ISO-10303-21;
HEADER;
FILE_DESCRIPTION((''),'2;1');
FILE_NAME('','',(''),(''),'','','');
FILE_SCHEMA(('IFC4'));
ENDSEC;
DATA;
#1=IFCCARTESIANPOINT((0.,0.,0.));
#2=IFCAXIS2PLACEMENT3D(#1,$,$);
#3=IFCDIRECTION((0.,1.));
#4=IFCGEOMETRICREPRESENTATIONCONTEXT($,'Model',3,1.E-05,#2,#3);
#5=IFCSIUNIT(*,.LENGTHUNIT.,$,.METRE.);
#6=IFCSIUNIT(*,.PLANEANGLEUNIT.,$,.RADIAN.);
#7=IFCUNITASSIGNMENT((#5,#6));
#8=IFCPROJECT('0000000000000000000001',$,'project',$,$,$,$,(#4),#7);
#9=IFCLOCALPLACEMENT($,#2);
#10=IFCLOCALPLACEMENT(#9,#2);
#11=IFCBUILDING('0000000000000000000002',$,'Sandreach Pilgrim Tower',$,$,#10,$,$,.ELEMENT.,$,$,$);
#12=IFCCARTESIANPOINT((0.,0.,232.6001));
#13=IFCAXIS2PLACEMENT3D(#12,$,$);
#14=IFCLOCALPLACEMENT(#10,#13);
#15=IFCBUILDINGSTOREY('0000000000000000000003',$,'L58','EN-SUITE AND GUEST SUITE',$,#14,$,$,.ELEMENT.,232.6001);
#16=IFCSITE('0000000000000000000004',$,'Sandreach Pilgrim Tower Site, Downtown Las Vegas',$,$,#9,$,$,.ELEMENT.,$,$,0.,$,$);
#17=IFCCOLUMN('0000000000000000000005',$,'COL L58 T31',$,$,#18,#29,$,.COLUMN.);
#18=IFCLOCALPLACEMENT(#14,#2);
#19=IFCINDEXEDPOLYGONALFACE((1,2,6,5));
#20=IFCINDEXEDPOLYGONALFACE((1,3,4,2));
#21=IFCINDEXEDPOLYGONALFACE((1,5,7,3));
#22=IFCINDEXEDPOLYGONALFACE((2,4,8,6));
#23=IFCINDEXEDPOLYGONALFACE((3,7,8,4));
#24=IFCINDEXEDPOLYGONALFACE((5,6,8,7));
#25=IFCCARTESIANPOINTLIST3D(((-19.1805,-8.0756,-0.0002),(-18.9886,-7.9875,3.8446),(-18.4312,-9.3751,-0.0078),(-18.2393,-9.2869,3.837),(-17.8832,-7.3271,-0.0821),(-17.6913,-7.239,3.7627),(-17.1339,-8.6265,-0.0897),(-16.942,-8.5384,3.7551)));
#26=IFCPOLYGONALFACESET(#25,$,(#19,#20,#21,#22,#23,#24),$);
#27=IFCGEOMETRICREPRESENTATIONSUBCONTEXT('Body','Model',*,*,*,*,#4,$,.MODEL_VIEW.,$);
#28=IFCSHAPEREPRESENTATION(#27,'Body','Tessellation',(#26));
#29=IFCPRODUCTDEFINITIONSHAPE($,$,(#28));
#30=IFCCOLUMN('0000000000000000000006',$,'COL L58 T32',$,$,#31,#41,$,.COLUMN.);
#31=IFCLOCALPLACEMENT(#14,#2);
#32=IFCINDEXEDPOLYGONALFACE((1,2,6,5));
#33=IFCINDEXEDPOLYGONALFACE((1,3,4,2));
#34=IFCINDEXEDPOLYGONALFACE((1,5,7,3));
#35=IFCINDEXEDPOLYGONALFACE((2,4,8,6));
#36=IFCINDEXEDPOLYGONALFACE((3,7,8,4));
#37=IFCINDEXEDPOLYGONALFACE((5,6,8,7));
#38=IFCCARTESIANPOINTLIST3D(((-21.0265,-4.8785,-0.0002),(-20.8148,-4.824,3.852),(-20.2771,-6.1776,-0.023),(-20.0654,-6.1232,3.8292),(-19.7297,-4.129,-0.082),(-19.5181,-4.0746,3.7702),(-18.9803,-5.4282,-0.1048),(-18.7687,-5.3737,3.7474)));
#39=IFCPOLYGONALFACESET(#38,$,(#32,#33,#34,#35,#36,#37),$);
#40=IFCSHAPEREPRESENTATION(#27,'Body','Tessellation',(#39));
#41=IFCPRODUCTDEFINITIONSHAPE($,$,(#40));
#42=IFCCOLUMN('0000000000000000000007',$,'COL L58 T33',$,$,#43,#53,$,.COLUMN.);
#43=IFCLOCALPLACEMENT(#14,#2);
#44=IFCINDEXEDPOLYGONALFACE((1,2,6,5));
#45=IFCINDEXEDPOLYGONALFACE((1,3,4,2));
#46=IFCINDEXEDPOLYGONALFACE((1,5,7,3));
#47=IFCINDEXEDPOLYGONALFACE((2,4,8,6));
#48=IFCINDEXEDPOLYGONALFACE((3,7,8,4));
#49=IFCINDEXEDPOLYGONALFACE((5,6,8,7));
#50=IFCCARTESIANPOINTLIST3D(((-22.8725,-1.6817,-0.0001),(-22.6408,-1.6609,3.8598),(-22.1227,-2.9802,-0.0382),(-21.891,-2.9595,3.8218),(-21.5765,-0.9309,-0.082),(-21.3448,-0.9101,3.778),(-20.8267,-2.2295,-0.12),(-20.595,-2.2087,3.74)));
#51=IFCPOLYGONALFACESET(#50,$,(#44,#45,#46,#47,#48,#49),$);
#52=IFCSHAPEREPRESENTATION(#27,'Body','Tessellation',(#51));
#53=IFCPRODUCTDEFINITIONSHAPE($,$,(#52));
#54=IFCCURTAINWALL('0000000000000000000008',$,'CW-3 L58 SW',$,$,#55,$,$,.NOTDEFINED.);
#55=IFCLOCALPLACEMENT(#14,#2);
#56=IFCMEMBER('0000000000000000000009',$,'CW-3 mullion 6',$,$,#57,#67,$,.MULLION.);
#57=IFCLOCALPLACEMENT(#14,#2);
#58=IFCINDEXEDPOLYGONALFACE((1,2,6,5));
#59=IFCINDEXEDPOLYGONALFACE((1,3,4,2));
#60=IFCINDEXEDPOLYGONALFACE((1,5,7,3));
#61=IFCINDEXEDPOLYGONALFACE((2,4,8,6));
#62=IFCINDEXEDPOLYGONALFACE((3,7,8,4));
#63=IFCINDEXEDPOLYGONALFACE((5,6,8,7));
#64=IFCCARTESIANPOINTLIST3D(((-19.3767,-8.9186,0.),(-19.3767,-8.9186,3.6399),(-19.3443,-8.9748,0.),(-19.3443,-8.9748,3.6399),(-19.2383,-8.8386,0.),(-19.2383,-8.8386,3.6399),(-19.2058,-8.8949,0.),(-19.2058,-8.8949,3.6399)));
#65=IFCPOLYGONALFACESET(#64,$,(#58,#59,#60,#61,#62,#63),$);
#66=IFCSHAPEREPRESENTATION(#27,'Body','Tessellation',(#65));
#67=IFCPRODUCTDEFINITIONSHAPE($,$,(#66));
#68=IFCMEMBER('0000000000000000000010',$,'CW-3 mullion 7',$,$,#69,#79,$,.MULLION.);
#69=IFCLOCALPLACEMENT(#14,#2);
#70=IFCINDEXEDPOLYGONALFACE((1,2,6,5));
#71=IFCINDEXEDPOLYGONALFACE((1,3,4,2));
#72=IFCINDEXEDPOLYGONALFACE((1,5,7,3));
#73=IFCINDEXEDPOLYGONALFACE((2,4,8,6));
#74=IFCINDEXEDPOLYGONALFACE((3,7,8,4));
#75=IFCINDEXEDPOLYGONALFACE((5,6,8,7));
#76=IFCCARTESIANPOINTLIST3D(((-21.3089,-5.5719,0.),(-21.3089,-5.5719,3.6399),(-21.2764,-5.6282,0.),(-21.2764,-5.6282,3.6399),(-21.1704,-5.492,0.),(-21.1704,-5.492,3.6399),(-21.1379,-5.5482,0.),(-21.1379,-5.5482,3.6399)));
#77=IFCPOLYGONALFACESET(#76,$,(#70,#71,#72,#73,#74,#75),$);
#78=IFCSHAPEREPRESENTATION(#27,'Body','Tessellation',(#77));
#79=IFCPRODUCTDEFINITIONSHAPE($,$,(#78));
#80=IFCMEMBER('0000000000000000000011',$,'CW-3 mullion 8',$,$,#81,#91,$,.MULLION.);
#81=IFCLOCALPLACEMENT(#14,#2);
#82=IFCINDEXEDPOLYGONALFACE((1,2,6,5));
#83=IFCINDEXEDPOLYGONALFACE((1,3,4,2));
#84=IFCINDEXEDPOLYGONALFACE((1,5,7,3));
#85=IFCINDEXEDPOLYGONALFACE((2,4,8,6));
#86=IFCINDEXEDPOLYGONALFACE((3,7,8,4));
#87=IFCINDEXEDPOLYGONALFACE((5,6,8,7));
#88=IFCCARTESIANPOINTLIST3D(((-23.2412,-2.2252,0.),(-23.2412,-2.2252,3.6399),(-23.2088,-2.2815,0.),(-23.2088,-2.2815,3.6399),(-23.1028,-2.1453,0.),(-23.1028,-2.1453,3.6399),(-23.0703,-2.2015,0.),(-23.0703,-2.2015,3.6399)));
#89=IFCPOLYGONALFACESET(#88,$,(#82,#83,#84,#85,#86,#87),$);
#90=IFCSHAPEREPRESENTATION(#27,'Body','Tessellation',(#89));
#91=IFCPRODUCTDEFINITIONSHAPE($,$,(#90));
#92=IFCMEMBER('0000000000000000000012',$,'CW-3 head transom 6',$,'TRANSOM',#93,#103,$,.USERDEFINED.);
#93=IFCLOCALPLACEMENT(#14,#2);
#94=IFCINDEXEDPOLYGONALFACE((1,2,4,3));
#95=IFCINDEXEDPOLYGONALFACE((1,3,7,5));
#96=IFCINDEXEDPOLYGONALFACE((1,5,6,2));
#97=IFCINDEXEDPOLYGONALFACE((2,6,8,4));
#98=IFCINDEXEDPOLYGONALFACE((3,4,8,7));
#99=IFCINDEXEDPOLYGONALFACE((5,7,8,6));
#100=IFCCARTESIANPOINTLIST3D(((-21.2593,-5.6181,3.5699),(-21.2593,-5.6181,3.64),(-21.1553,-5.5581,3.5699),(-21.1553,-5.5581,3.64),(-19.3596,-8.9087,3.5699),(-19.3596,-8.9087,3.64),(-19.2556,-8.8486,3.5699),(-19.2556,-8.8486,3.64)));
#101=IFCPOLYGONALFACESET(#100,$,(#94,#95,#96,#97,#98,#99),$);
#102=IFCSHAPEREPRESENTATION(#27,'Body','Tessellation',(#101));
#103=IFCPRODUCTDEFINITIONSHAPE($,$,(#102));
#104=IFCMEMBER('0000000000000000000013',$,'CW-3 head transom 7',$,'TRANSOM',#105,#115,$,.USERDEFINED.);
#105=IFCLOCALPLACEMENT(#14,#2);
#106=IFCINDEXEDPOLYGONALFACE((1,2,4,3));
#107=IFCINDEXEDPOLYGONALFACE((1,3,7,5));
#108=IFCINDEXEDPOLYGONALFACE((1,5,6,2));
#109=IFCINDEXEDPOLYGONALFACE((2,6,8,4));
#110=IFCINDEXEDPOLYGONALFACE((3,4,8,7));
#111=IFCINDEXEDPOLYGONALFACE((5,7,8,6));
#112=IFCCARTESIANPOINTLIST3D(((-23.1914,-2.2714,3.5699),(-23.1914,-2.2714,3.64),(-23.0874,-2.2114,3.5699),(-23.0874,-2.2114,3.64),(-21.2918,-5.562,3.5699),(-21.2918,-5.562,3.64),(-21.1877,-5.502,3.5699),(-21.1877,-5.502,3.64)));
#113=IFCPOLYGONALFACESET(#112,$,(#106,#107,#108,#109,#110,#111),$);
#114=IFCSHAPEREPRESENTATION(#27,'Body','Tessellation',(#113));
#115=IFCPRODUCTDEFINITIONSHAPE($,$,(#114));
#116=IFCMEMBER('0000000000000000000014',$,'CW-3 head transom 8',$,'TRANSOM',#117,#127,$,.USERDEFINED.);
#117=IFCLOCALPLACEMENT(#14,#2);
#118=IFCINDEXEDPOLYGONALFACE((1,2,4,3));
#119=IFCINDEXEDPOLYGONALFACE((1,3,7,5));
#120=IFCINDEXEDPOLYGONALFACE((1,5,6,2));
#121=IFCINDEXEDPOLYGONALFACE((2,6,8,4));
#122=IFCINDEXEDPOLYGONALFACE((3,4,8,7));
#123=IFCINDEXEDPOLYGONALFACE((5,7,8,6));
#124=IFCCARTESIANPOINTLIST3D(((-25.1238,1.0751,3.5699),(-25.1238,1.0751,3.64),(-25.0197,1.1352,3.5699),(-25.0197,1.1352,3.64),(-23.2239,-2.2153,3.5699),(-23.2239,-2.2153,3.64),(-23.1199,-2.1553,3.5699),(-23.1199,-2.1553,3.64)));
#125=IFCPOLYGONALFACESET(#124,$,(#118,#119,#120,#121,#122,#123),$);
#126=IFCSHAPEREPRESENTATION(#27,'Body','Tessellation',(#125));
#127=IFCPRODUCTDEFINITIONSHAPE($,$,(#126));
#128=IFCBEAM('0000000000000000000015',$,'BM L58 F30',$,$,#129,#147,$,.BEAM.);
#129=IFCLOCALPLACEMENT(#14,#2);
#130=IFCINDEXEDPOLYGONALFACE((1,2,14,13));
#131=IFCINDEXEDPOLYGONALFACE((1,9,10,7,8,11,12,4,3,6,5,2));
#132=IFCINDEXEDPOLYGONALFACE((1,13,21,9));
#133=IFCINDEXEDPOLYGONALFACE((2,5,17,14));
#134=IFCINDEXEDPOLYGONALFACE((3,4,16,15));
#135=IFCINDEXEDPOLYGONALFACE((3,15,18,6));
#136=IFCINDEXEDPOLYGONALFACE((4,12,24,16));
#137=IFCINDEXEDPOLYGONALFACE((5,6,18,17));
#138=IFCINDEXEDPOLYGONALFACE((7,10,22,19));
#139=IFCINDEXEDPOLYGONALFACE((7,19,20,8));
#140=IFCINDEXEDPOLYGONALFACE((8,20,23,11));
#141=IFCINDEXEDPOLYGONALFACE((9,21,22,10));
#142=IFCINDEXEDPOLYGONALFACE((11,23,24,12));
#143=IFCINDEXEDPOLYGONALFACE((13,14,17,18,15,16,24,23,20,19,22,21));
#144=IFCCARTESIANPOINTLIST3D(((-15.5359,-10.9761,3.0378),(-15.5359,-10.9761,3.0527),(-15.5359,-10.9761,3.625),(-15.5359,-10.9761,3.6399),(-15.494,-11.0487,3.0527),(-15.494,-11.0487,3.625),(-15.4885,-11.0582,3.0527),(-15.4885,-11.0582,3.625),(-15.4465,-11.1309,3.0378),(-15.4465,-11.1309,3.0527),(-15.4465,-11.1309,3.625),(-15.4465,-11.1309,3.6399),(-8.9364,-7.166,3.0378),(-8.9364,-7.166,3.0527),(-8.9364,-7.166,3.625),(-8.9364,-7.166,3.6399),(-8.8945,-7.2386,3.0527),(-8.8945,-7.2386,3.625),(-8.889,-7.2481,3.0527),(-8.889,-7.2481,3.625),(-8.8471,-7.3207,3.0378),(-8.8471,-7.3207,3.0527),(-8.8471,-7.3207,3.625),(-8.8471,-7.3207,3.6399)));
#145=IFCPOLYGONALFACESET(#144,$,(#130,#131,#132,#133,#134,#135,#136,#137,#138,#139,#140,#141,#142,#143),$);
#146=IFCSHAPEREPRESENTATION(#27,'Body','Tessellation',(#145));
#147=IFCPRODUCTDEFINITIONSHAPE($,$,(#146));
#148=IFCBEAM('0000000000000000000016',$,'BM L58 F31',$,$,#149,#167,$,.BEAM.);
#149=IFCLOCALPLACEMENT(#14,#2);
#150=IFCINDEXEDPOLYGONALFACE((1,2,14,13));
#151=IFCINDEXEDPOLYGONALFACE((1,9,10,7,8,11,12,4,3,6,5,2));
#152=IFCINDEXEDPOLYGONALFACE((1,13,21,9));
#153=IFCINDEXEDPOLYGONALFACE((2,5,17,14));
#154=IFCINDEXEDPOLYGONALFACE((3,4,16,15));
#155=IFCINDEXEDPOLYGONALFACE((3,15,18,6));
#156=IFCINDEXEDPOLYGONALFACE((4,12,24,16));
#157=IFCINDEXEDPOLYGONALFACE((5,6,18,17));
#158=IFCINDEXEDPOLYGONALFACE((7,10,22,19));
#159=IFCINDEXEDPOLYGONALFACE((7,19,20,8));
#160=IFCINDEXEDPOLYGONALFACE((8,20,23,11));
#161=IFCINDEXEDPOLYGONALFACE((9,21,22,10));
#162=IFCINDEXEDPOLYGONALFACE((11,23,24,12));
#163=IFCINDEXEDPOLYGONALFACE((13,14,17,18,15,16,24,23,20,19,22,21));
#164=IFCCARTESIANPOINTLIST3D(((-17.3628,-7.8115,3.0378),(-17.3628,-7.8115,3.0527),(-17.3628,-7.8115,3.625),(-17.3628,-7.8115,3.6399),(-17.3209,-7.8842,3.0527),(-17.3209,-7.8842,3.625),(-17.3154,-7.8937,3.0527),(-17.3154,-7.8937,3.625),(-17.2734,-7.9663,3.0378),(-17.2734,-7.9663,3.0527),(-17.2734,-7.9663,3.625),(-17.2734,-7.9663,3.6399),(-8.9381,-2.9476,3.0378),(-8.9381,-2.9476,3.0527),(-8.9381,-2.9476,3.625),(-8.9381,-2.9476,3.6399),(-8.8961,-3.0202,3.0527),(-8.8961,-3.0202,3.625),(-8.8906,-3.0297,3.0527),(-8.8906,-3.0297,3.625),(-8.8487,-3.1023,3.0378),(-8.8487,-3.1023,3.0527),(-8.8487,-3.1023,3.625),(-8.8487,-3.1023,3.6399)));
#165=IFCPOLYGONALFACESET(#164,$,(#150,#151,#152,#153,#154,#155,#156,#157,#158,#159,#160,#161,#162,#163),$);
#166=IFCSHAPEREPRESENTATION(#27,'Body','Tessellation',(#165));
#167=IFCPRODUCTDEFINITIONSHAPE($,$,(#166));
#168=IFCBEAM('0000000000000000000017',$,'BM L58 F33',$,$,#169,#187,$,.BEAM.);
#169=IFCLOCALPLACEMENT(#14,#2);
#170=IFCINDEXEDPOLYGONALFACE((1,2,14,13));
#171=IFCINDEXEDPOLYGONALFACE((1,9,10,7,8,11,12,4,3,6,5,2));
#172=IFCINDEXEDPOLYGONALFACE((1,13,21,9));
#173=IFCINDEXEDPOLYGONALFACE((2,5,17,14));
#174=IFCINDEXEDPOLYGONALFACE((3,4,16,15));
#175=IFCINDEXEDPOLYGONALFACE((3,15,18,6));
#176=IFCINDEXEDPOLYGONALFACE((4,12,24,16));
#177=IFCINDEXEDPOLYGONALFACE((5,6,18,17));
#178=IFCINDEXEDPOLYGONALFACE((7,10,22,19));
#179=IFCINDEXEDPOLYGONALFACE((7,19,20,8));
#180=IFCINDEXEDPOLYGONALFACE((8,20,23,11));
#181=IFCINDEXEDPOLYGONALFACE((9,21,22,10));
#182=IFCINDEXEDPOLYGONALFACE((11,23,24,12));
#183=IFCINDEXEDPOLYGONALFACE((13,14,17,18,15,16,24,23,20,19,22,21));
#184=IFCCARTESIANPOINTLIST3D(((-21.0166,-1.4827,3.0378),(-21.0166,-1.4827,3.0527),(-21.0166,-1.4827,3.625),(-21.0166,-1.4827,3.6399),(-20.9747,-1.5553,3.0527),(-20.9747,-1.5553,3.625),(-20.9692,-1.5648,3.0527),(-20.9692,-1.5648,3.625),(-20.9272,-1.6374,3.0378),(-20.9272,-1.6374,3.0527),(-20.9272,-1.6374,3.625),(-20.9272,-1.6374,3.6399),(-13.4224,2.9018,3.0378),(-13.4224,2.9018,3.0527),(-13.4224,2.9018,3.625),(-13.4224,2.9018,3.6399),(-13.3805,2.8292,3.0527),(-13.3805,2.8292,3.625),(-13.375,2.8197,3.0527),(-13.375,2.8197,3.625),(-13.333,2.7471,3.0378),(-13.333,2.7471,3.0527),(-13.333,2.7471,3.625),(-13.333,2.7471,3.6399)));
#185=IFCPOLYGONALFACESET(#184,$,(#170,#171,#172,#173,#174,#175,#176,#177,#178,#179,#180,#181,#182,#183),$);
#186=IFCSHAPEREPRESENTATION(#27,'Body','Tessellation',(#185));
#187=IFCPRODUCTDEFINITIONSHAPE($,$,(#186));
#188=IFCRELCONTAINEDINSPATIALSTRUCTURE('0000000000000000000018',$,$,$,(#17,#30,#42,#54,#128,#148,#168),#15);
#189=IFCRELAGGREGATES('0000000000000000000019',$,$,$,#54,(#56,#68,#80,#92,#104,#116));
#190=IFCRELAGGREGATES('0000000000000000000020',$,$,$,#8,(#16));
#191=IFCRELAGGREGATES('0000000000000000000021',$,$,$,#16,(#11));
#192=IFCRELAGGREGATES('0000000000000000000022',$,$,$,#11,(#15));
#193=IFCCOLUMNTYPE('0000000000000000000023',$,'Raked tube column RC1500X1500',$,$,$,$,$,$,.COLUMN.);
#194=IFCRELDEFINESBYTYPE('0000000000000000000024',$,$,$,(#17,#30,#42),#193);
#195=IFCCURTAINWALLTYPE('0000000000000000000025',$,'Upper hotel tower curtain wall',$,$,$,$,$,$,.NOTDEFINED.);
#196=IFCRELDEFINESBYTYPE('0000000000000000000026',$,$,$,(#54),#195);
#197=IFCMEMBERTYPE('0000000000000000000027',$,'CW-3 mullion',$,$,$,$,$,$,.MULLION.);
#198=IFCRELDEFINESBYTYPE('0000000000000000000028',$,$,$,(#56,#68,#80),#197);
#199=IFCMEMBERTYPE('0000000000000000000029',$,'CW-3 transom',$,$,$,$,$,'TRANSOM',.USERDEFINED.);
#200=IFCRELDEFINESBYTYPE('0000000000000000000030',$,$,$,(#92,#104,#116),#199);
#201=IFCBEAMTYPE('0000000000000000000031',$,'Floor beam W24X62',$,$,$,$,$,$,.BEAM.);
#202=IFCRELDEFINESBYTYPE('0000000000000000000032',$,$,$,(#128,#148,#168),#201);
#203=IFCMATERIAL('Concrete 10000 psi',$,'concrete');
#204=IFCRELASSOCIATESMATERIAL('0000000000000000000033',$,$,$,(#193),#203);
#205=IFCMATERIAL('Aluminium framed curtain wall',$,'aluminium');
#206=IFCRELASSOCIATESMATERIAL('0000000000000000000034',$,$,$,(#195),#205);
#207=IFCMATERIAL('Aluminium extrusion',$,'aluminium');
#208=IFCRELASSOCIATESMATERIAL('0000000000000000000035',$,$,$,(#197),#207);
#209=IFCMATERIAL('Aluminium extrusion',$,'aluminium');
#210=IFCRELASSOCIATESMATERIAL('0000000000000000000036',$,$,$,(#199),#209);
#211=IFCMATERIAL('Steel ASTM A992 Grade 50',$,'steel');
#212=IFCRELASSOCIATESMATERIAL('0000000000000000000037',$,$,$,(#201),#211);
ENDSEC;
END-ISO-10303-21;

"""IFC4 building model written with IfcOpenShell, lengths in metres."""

from ifc_helpers import new_model, si_unit, direction, frame, origin, origin_2d, place, context, subcontext, project, spatial, rectangle, i_section, extrude, material, material_profile, profile_set, type_object, element, aggregate, save


model = new_model("IFC4")

# Units and contexts
model_context = context("Model", 3, precision=1e-05, world=origin(), true_north=direction((0.0, 1.0)))
body_context = subcontext(model_context, "Body", "Model", "MODEL_VIEW")
ifc_project = project(units=[si_unit("LENGTHUNIT", "METRE"), si_unit("PLANEANGLEUNIT", "RADIAN")], contexts=[model_context])

# Site, building, storey
site_placement = place(None, origin())
site = spatial("IfcSite", under=ifc_project, at=site_placement, Name="Sandreach Pilgrim Tower Site, Downtown Las Vegas", CompositionType="ELEMENT", RefElevation=0.0)
building_placement = place(site_placement, origin())
building = spatial("IfcBuilding", under=site, at=building_placement, Name="Sandreach Pilgrim Tower", CompositionType="ELEMENT")
storey_placement = place(building_placement, frame((0.0, 0.0, 232.6001)))
storey = spatial("IfcBuildingStorey", under=building, at=storey_placement, Name="L58", Description="EN-SUITE AND GUEST SUITE", CompositionType="ELEMENT", Elevation=232.6001)

# Columns
ifc_material_1 = material(Name="Concrete 10000 psi", Category="concrete")
ifc_material_profile_1 = material_profile(ifc_material_1, rectangle(XDim=1.5, YDim=1.5, at=origin_2d()), Name="RC1500X1500")
ifc_profile_set_1 = profile_set([ifc_material_profile_1], Name="Concrete 10000 psi")
column_type = type_object("IfcColumnType", Name="Raked tube column RC1500X1500", PredefinedType="COLUMN", material=ifc_profile_set_1)
column_1_placement = place(storey_placement, frame((-18.1572, -8.3511, -0.0449), z_axis=(0.049836, 0.022889, 0.998495), x_axis=(-0.864863, -0.499029, 0.054606)))
element("IfcColumn", 1, at=column_1_placement, inside=storey, type_object=column_type, Name="COL L58 T31", PredefinedType="COLUMN", context=body_context, shape_type="SweptSolid", body=[
    extrude(rectangle(XDim=1.5, YDim=1.5, at=origin_2d()), origin(), (0.0, 0.0, 1.0), 3.8506),
])
column_2_placement = place(storey_placement, frame((-20.0034, -5.1533, -0.0525), z_axis=(0.054858, 0.01411, 0.998394), x_axis=(-0.864515, -0.499636, 0.054563)))
element("IfcColumn", 2, at=column_2_placement, inside=storey, type_object=column_type, Name="COL L58 T32", PredefinedType="COLUMN", context=body_context, shape_type="SweptSolid", body=[
    extrude(rectangle(XDim=1.5, YDim=1.5, at=origin_2d()), origin(), (0.0, 0.0, 1.0), 3.8584),
])
column_3_placement = place(storey_placement, frame((-21.8496, -1.9556, -0.0601), z_axis=(0.059917, 0.005367, 0.998189), x_axis=(-0.86401, -0.50051, 0.054553)))
element("IfcColumn", 3, at=column_3_placement, inside=storey, type_object=column_type, Name="COL L58 T33", PredefinedType="COLUMN", context=body_context, shape_type="SweptSolid", body=[
    extrude(rectangle(XDim=1.5, YDim=1.5, at=origin_2d()), origin(), (0.0, 0.0, 1.0), 3.8669),
])

# Curtain wall, members
ifc_material_2 = material(Name="Aluminium framed curtain wall", Category="aluminium")
curtain_wall_type = type_object("IfcCurtainWallType", Name="Upper hotel tower curtain wall", PredefinedType="NOTDEFINED", material=ifc_material_2)
curtain_wall_placement = place(storey_placement, origin())
curtain_wall = element("IfcCurtainWall", 4, at=curtain_wall_placement, inside=storey, type_object=curtain_wall_type, Name="CW-3 L58 SW", PredefinedType="NOTDEFINED")
ifc_material_3 = material(Name="Aluminium extrusion", Category="aluminium")
ifc_material_profile_2 = material_profile(ifc_material_3, rectangle(XDim=0.0649, YDim=0.1599, at=origin_2d()), Name="CW-3M 65X160")
ifc_profile_set_2 = profile_set([ifc_material_profile_2], Name="Aluminium extrusion")
member_type_1 = type_object("IfcMemberType", Name="CW-3 mullion", PredefinedType="MULLION", material=ifc_profile_set_2)
member_1_placement = place(storey_placement, frame((-19.2913, -8.9067, 0.0), z_axis=(0.0, 0.0, 1.0), x_axis=(-0.5, 0.866025, 0.0)))
member_1 = element("IfcMember", 5, at=member_1_placement, type_object=member_type_1, Name="CW-3 mullion 6", PredefinedType="MULLION", context=body_context, shape_type="SweptSolid", body=[
    extrude(rectangle(XDim=0.0649, YDim=0.1599, at=origin_2d()), origin(), (0.0, 0.0, 1.0), 3.6399),
])
member_2_placement = place(storey_placement, frame((-21.2234, -5.5601, 0.0), z_axis=(0.0, 0.0, 1.0), x_axis=(-0.5, 0.866025, 0.0)))
member_2 = element("IfcMember", 6, at=member_2_placement, type_object=member_type_1, Name="CW-3 mullion 7", PredefinedType="MULLION", context=body_context, shape_type="SweptSolid", body=[
    extrude(rectangle(XDim=0.0649, YDim=0.1599, at=origin_2d()), origin(), (0.0, 0.0, 1.0), 3.6399),
])
member_3_placement = place(storey_placement, frame((-23.1558, -2.2134, 0.0), z_axis=(0.0, 0.0, 1.0), x_axis=(-0.5, 0.866025, 0.0)))
member_3 = element("IfcMember", 7, at=member_3_placement, type_object=member_type_1, Name="CW-3 mullion 8", PredefinedType="MULLION", context=body_context, shape_type="SweptSolid", body=[
    extrude(rectangle(XDim=0.0649, YDim=0.1599, at=origin_2d()), origin(), (0.0, 0.0, 1.0), 3.6399),
])
ifc_material_4 = material(Name="Aluminium extrusion", Category="aluminium")
ifc_material_profile_3 = material_profile(ifc_material_4, rectangle(XDim=0.1201, YDim=0.0701, at=origin_2d()), Name="CW-3T 120X70")
ifc_profile_set_3 = profile_set([ifc_material_profile_3], Name="Aluminium extrusion")
member_type_2 = type_object("IfcMemberType", Name="CW-3 transom", ElementType="TRANSOM", PredefinedType="USERDEFINED", material=ifc_profile_set_3)
member_4_placement = place(storey_placement, frame((-19.3076, -8.8787, 3.605), z_axis=(-0.499975, 0.86604, 0.0), x_axis=(-0.86604, -0.499975, 0.0)))
member_4 = element("IfcMember", 8, at=member_4_placement, type_object=member_type_2, Name="CW-3 head transom 6", ObjectType="TRANSOM", PredefinedType="USERDEFINED", context=body_context, shape_type="SweptSolid", body=[
    extrude(rectangle(XDim=0.1201, YDim=0.0701, at=origin_2d()), origin(), (0.0, 0.0, 1.0), 3.7996),
])
member_5_placement = place(storey_placement, frame((-21.2397, -5.532, 3.605), z_axis=(-0.499975, 0.86604, 0.0), x_axis=(-0.86604, -0.499975, 0.0)))
member_5 = element("IfcMember", 9, at=member_5_placement, type_object=member_type_2, Name="CW-3 head transom 7", ObjectType="TRANSOM", PredefinedType="USERDEFINED", context=body_context, shape_type="SweptSolid", body=[
    extrude(rectangle(XDim=0.1201, YDim=0.0701, at=origin_2d()), origin(), (0.0, 0.0, 1.0), 3.7996),
])
member_6_placement = place(storey_placement, frame((-23.1719, -2.1853, 3.605), z_axis=(-0.500023, 0.866012, 0.0), x_axis=(-0.866012, -0.500023, 0.0)))
member_6 = element("IfcMember", 10, at=member_6_placement, type_object=member_type_2, Name="CW-3 head transom 8", ObjectType="TRANSOM", PredefinedType="USERDEFINED", context=body_context, shape_type="SweptSolid", body=[
    extrude(rectangle(XDim=0.1201, YDim=0.0701, at=origin_2d()), origin(), (0.0, 0.0, 1.0), 3.7996),
])

# Beams
ifc_material_5 = material(Name="Steel ASTM A992 Grade 50", Category="steel")
ifc_material_profile_4 = material_profile(ifc_material_5, i_section(OverallWidth=0.1787, OverallDepth=0.6021, WebThickness=0.011, FlangeThickness=0.0149, at=origin_2d()), Name="W24X62")
ifc_profile_set_4 = profile_set([ifc_material_profile_4], Name="Steel ASTM A992 Grade 50")
beam_type_1 = type_object("IfcBeamType", Name="Floor beam W24X62", PredefinedType="BEAM", material=ifc_profile_set_4)
beam_1_placement = place(storey_placement, frame((-15.4912, -11.0535, 3.3389), z_axis=(0.86603, 0.499991, 0.0), x_axis=(-0.499991, 0.86603, 0.0)))
element("IfcBeam", 11, at=beam_1_placement, inside=storey, type_object=beam_type_1, Name="BM L58 F30", PredefinedType="BEAM", context=body_context, shape_type="SweptSolid", body=[
    extrude(i_section(OverallWidth=0.1787, OverallDepth=0.6021, WebThickness=0.011, FlangeThickness=0.0149, at=origin_2d()), origin(), (0.0, 0.0, 1.0), 7.6204),
])
beam_2_placement = place(storey_placement, frame((-17.3181, -7.8889, 3.3389), z_axis=(0.866028, 0.499996, 0.0), x_axis=(-0.499996, 0.866028, 0.0)))
element("IfcBeam", 12, at=beam_2_placement, inside=storey, type_object=beam_type_1, Name="BM L58 F31", PredefinedType="BEAM", context=body_context, shape_type="SweptSolid", body=[
    extrude(i_section(OverallWidth=0.1787, OverallDepth=0.6021, WebThickness=0.011, FlangeThickness=0.0149, at=origin_2d()), origin(), (0.0, 0.0, 1.0), 9.728),
])
beam_3_placement = place(storey_placement, frame((-20.9719, -1.5601, 3.3389), z_axis=(0.866026, 0.499999, 0.0), x_axis=(-0.499999, 0.866026, 0.0)))
element("IfcBeam", 13, at=beam_3_placement, inside=storey, type_object=beam_type_1, Name="BM L58 F33", PredefinedType="BEAM", context=body_context, shape_type="SweptSolid", body=[
    extrude(i_section(OverallWidth=0.1787, OverallDepth=0.6021, WebThickness=0.011, FlangeThickness=0.0149, at=origin_2d()), origin(), (0.0, 0.0, 1.0), 8.769),
])

aggregate(curtain_wall, [member_1, member_2, member_3, member_4, member_5, member_6])

save(model, "model.ifc")
